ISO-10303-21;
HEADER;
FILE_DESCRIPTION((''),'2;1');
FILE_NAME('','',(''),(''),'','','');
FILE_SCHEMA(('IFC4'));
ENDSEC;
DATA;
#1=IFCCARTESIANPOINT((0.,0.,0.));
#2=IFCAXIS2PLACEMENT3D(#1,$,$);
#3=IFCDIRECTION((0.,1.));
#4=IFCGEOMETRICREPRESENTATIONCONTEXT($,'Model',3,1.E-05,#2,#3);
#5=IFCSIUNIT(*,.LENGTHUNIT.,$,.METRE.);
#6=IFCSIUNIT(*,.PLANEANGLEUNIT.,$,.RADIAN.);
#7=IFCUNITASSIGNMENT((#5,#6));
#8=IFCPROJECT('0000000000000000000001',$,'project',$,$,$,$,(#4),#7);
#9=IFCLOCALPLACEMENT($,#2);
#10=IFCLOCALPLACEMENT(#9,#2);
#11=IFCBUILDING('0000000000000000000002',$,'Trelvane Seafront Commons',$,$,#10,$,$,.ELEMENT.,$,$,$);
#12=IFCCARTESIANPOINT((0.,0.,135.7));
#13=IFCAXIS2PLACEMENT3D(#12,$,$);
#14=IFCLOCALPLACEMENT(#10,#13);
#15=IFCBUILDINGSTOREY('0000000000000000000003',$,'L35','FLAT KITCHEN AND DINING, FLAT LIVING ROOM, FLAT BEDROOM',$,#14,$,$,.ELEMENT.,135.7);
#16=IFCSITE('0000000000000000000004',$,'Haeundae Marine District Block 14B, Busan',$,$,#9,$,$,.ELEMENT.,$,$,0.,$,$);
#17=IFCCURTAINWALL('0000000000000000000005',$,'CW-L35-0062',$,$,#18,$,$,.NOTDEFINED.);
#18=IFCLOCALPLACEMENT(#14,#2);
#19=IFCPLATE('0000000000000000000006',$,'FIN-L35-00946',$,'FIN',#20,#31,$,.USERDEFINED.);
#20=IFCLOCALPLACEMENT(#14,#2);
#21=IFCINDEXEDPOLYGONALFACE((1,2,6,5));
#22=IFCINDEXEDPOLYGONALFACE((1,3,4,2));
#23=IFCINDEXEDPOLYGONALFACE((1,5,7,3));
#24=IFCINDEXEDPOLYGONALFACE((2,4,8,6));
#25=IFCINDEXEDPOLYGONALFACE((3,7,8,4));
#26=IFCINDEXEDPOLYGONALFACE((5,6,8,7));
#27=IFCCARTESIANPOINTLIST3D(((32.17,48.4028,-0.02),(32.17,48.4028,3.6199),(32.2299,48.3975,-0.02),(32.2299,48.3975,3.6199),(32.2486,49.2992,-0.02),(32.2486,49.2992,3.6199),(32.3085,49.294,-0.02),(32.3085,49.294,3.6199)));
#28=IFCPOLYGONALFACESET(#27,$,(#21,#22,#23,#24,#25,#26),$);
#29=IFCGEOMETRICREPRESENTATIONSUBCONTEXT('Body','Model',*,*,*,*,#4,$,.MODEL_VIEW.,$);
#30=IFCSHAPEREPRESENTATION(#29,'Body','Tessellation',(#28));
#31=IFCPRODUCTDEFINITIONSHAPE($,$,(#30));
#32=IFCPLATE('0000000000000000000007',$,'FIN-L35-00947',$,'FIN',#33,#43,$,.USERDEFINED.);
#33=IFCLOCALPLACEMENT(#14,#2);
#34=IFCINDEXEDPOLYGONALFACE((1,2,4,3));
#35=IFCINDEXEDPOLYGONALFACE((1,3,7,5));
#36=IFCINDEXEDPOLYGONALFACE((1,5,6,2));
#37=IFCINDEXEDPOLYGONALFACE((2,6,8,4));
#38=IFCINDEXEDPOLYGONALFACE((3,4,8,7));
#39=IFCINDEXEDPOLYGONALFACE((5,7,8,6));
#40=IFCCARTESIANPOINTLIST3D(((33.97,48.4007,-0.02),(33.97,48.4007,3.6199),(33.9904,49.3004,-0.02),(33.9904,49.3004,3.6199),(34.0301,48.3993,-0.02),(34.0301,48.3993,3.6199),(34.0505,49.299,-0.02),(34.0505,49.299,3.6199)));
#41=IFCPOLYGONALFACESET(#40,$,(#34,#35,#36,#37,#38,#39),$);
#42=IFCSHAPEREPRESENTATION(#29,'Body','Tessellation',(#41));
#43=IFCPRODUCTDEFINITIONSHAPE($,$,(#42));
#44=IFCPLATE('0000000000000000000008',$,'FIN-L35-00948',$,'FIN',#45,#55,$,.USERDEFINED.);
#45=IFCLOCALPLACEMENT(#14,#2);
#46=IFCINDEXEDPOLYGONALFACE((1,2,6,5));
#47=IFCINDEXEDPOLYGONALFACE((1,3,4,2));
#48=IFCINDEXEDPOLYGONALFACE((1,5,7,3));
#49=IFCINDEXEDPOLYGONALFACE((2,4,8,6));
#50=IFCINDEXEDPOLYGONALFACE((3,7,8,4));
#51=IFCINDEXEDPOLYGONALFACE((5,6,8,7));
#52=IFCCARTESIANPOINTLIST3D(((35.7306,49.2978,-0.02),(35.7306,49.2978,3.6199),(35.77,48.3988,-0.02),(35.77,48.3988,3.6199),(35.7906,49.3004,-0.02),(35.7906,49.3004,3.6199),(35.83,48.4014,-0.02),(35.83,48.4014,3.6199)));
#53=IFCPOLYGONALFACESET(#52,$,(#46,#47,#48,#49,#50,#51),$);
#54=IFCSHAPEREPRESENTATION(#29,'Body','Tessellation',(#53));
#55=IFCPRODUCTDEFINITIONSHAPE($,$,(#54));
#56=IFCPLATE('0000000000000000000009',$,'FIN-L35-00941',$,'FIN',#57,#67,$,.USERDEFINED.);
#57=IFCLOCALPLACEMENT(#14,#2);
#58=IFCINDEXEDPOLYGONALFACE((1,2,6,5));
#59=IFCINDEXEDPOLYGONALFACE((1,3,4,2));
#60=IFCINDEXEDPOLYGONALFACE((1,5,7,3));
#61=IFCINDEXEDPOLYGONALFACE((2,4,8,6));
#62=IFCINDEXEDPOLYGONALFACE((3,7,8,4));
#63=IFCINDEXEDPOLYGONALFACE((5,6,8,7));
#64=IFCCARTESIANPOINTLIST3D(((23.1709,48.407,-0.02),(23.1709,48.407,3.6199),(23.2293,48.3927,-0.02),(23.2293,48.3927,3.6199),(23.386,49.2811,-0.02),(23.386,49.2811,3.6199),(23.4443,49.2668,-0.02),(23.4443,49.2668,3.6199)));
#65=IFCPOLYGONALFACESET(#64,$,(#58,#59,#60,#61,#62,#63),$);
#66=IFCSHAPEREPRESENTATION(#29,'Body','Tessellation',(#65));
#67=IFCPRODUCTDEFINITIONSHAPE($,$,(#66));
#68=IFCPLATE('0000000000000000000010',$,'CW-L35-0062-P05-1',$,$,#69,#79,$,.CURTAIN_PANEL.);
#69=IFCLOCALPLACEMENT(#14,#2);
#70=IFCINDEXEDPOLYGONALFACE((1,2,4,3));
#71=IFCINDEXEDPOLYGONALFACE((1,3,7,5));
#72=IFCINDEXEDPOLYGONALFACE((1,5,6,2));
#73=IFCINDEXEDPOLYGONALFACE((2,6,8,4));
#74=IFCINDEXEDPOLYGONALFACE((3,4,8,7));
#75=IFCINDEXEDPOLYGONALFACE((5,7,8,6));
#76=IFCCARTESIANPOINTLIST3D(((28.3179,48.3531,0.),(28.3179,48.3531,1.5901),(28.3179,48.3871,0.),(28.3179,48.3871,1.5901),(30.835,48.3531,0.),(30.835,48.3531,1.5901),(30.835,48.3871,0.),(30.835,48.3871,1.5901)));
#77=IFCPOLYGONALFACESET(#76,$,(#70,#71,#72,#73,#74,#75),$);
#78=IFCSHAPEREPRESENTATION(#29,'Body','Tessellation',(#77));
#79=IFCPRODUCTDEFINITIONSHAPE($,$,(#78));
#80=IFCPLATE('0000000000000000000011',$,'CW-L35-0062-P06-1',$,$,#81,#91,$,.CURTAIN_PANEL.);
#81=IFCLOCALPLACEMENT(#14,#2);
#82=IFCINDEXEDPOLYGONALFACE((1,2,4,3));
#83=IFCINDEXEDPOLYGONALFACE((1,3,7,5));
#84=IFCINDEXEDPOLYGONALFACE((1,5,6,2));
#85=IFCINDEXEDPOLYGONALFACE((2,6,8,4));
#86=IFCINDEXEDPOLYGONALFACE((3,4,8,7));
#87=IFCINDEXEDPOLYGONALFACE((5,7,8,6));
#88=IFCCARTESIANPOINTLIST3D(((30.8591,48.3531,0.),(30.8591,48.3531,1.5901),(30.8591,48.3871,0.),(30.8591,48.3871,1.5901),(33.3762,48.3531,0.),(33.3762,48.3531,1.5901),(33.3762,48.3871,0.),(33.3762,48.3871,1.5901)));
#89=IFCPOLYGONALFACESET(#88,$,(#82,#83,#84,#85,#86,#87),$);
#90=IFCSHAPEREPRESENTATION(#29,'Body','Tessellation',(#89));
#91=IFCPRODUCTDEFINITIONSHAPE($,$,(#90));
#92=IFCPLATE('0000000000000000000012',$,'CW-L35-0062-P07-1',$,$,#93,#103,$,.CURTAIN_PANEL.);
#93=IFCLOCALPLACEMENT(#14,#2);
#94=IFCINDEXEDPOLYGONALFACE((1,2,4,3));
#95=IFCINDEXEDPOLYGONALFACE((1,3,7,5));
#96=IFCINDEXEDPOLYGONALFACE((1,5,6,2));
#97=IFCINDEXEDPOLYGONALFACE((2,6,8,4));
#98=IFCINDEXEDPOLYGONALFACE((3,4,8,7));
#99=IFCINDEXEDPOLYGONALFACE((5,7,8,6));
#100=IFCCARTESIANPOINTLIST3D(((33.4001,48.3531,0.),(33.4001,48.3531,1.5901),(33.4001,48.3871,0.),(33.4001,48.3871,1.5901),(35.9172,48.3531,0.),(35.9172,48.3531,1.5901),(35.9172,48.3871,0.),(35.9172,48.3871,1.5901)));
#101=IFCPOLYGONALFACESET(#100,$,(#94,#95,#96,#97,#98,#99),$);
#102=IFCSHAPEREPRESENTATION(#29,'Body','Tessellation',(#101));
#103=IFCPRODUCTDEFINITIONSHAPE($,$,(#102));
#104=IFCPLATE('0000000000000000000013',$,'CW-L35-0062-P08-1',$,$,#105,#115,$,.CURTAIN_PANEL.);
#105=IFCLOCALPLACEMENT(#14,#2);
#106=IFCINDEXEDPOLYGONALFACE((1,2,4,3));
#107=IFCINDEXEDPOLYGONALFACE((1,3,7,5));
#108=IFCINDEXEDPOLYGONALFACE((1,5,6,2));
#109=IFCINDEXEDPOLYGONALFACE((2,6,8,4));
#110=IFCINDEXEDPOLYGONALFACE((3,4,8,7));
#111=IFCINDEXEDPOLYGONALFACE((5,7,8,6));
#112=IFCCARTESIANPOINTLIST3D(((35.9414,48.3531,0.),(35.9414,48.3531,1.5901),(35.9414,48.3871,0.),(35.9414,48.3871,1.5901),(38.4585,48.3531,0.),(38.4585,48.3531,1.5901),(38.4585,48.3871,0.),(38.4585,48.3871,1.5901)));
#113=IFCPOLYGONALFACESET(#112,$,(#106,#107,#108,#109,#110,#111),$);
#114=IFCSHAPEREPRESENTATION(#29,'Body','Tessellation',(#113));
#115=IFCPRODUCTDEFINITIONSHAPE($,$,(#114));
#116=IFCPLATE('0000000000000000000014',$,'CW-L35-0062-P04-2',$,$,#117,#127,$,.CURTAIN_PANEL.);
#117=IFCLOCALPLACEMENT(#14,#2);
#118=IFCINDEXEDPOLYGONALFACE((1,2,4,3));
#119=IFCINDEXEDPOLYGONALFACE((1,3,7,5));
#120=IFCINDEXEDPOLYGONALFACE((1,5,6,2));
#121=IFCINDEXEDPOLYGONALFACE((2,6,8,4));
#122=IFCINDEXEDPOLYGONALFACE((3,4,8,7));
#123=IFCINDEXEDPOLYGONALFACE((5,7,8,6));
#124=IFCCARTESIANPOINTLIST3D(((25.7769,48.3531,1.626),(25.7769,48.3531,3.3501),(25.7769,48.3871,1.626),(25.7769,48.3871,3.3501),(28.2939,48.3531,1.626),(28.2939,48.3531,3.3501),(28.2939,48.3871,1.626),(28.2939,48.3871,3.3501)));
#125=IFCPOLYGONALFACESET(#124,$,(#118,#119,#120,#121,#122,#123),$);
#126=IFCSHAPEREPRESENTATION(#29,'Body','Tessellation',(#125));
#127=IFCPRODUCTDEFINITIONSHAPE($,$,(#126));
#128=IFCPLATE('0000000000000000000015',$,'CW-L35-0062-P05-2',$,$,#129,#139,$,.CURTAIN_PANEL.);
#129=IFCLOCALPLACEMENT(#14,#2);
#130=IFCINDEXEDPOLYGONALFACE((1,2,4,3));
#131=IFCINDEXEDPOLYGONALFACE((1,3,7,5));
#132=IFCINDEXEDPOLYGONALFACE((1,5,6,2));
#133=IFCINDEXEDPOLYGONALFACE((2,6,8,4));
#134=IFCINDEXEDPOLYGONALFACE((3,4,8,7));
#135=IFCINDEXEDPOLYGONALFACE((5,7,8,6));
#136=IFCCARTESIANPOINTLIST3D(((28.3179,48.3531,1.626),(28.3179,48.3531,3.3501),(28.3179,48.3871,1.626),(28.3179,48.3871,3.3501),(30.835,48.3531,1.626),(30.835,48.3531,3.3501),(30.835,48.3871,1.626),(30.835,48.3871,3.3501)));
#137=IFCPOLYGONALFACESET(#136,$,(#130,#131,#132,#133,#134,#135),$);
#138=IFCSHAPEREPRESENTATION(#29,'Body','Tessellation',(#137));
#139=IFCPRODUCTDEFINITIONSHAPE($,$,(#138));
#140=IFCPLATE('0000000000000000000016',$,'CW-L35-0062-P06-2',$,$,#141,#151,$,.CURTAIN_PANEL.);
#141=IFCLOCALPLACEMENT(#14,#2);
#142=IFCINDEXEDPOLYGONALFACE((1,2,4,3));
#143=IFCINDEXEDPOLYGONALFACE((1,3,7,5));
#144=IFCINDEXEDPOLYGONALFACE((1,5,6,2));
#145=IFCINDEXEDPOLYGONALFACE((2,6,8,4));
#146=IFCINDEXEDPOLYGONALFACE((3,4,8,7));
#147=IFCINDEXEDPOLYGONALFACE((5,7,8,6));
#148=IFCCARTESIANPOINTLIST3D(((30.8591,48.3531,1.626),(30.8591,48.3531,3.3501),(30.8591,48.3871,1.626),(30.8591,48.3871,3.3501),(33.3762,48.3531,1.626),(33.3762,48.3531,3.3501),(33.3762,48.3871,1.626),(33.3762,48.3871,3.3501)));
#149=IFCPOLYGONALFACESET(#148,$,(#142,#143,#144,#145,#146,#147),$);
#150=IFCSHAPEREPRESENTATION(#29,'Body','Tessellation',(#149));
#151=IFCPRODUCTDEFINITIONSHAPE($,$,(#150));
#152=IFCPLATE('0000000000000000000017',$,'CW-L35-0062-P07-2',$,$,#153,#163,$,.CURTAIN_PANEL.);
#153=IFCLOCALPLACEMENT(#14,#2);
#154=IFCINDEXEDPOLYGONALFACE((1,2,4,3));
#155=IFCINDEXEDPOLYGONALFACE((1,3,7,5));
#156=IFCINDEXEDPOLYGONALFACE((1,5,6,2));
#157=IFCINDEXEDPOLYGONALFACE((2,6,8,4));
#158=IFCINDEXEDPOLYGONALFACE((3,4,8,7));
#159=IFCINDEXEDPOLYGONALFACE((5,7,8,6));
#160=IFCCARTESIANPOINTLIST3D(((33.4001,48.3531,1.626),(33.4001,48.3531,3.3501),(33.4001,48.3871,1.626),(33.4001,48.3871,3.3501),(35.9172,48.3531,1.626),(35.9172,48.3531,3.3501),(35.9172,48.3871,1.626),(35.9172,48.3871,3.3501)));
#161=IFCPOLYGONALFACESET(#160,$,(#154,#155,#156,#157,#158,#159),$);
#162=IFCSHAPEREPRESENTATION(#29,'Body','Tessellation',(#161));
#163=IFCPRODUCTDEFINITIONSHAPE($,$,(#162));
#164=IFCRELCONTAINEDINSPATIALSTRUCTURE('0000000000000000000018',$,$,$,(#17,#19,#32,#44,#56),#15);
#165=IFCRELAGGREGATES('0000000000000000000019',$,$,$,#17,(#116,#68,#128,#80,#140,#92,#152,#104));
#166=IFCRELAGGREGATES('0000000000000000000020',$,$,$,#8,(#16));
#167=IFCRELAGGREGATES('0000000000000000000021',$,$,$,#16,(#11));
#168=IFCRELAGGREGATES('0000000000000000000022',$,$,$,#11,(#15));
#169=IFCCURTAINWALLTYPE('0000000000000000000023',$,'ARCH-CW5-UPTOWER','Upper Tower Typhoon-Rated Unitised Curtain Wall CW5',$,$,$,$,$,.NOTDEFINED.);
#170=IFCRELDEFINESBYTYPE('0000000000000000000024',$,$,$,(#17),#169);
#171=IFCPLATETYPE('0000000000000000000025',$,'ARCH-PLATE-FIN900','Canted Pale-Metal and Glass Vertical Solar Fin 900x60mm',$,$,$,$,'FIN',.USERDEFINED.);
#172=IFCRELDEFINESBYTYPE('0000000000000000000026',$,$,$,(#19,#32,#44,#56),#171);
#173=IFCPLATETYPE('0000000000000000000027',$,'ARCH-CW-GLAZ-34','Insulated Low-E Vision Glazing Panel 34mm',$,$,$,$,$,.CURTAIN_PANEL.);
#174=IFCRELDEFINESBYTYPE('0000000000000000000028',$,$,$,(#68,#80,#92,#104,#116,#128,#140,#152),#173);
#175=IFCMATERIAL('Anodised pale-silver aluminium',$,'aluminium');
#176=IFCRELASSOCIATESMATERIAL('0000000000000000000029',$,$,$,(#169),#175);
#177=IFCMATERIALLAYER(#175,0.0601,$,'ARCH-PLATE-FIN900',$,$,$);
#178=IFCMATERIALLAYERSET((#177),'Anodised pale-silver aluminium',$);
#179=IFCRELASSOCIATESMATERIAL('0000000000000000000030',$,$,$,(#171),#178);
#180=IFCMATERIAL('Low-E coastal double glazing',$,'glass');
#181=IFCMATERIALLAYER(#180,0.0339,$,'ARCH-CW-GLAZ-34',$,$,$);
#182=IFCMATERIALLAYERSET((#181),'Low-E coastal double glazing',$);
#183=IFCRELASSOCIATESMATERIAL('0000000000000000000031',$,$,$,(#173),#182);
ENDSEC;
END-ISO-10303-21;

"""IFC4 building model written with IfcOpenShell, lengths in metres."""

from ifc_helpers import new_model, si_unit, direction, frame, origin, origin_2d, place, context, subcontext, project, spatial, rectangle, extrude, source, transform, mapped, material, layer, layer_set, type_object, element, aggregate, save


model = new_model("IFC4")

# Units and contexts
model_context = context("Model", 3, precision=1e-05, world=origin(), true_north=direction((0.0, 1.0)))
body_context = subcontext(model_context, "Body", "Model", "MODEL_VIEW")
ifc_project = project(units=[si_unit("LENGTHUNIT", "METRE"), si_unit("PLANEANGLEUNIT", "RADIAN")], contexts=[model_context])

# Site, building, storey
site_placement = place(None, origin())
site = spatial("IfcSite", under=ifc_project, at=site_placement, Name="Haeundae Marine District Block 14B, Busan", CompositionType="ELEMENT", RefElevation=0.0)
building_placement = place(site_placement, origin())
building = spatial("IfcBuilding", under=site, at=building_placement, Name="Trelvane Seafront Commons", CompositionType="ELEMENT")
storey_placement = place(building_placement, frame((0.0, 0.0, 135.7)))
storey = spatial("IfcBuildingStorey", under=building, at=storey_placement, Name="L35", Description="FLAT KITCHEN AND DINING, FLAT LIVING ROOM, FLAT BEDROOM", CompositionType="ELEMENT", Elevation=135.7)

# Curtain wall
ifc_material_1 = material(Name="Anodised pale-silver aluminium", Category="aluminium")
curtain_wall_type = type_object("IfcCurtainWallType", Name="ARCH-CW5-UPTOWER", Description="Upper Tower Typhoon-Rated Unitised Curtain Wall CW5", PredefinedType="NOTDEFINED", material=ifc_material_1)
curtain_wall_placement = place(storey_placement, origin())
curtain_wall = element("IfcCurtainWall", 1, at=curtain_wall_placement, inside=storey, type_object=curtain_wall_type, Name="CW-L35-0062", PredefinedType="NOTDEFINED")

# Plates
ifc_layer_1 = layer(ifc_material_1, 0.0601, Name="ARCH-PLATE-FIN900")
ifc_layer_set_1 = layer_set([ifc_layer_1], Name="Anodised pale-silver aluminium")
plate_type_1 = type_object("IfcPlateType", Name="ARCH-PLATE-FIN900", Description="Canted Pale-Metal and Glass Vertical Solar Fin 900x60mm", ElementType="FIN", PredefinedType="USERDEFINED", material=ifc_layer_set_1)
shared_shape_1 = source(origin(), body_context, "Body", "SweptSolid", [
    extrude(rectangle(XDim=0.8999, YDim=0.0601, at=origin_2d()), origin(), (0.0, 0.0, 1.0), 3.6399),
])
for number, where, z_axis, x_axis, name in (
    (2, (32.2393, 48.8484, -0.02), (0.0, 0.0, 1.0), (0.08733, 0.996179, 0.0), "FIN-L35-00946"),
    (3, (34.0103, 48.8499, -0.02), (0.0, 0.0, 1.0), (0.022666, 0.999743, 0.0), "FIN-L35-00947"),
    (4, (35.7803, 48.8496, -0.02), (0.0, 0.0, 1.0), (-0.04378, 0.999041, 0.0), "FIN-L35-00948"),
):
    element("IfcPlate", number, at=place(storey_placement, frame(where, z_axis=z_axis, x_axis=x_axis)), inside=storey, type_object=plate_type_1, Name=name, ObjectType="FIN", PredefinedType="USERDEFINED", context=body_context, shape_type="MappedRepresentation", body=[
        mapped(shared_shape_1, transform((0.0, 0.0, 0.0), x_axis=(1.0, 0.0, 0.0), y_axis=(0.0, 1.0, 0.0), z_axis=(0.0, 0.0, 1.0), scale=1.0)),
    ])
shared_shape_2 = source(origin(), body_context, "Body", "SweptSolid", [
    extrude(rectangle(XDim=0.9001, YDim=0.0601, at=origin_2d()), origin(), (0.0, 0.0, 1.0), 3.6399),
])
plate_1_placement = place(storey_placement, frame((23.3076, 48.8369, -0.02), z_axis=(0.0, 0.0, 1.0), x_axis=(0.238874, 0.971051, 0.0)))
element("IfcPlate", 5, at=plate_1_placement, inside=storey, type_object=plate_type_1, Name="FIN-L35-00941", ObjectType="FIN", PredefinedType="USERDEFINED", context=body_context, shape_type="MappedRepresentation", body=[
    mapped(shared_shape_2, transform((0.0, 0.0, 0.0), x_axis=(1.0, 0.0, 0.0), y_axis=(0.0, 1.0, 0.0), z_axis=(0.0, 0.0, 1.0), scale=1.0)),
])

# Plates
ifc_material_2 = material(Name="Low-E coastal double glazing", Category="glass")
ifc_layer_2 = layer(ifc_material_2, 0.0339, Name="ARCH-CW-GLAZ-34")
ifc_layer_set_2 = layer_set([ifc_layer_2], Name="Low-E coastal double glazing")
plate_type_2 = type_object("IfcPlateType", Name="ARCH-CW-GLAZ-34", Description="Insulated Low-E Vision Glazing Panel 34mm", PredefinedType="CURTAIN_PANEL", material=ifc_layer_set_2)
shared_shape_3 = source(origin(), body_context, "Body", "SweptSolid", [
    extrude(rectangle(XDim=2.5171, YDim=0.0339, at=origin_2d()), origin(), (0.0, 0.0, 1.0), 1.5901),
])
plate_2_placement = place(storey_placement, frame((29.5764, 48.3701, 0.0), z_axis=(0.0, 0.0, 1.0), x_axis=(1.0, 0.0, 0.0)))
plate_2 = element("IfcPlate", 6, at=plate_2_placement, type_object=plate_type_2, Name="CW-L35-0062-P05-1", PredefinedType="CURTAIN_PANEL", context=body_context, shape_type="MappedRepresentation", body=[
    mapped(shared_shape_3, transform((0.0, 0.0, 0.0), x_axis=(1.0, 0.0, 0.0), y_axis=(0.0, 1.0, 0.0), z_axis=(0.0, 0.0, 1.0), scale=1.0)),
])
plate_3_placement = place(storey_placement, frame((32.1177, 48.3701, 0.0), z_axis=(0.0, 0.0, 1.0), x_axis=(1.0, 0.0, 0.0)))
plate_3 = element("IfcPlate", 7, at=plate_3_placement, type_object=plate_type_2, Name="CW-L35-0062-P06-1", PredefinedType="CURTAIN_PANEL", context=body_context, shape_type="MappedRepresentation", body=[
    mapped(shared_shape_3, transform((0.0, 0.0, 0.0), x_axis=(1.0, 0.0, 0.0), y_axis=(0.0, 1.0, 0.0), z_axis=(0.0, 0.0, 1.0), scale=1.0)),
])
plate_4_placement = place(storey_placement, frame((34.6587, 48.3701, 0.0), z_axis=(0.0, 0.0, 1.0), x_axis=(1.0, 0.0, 0.0)))
plate_4 = element("IfcPlate", 8, at=plate_4_placement, type_object=plate_type_2, Name="CW-L35-0062-P07-1", PredefinedType="CURTAIN_PANEL", context=body_context, shape_type="MappedRepresentation", body=[
    mapped(shared_shape_3, transform((0.0, 0.0, 0.0), x_axis=(1.0, 0.0, 0.0), y_axis=(0.0, 1.0, 0.0), z_axis=(0.0, 0.0, 1.0), scale=1.0)),
])
plate_5_placement = place(storey_placement, frame((37.2, 48.3701, 0.0), z_axis=(0.0, 0.0, 1.0), x_axis=(1.0, 0.0, 0.0)))
plate_5 = element("IfcPlate", 9, at=plate_5_placement, type_object=plate_type_2, Name="CW-L35-0062-P08-1", PredefinedType="CURTAIN_PANEL", context=body_context, shape_type="MappedRepresentation", body=[
    mapped(shared_shape_3, transform((0.0, 0.0, 0.0), x_axis=(1.0, 0.0, 0.0), y_axis=(0.0, 1.0, 0.0), z_axis=(0.0, 0.0, 1.0), scale=1.0)),
])
shared_shape_4 = source(origin(), body_context, "Body", "SweptSolid", [
    extrude(rectangle(XDim=2.5171, YDim=0.0339, at=origin_2d()), origin(), (0.0, 0.0, 1.0), 1.7241),
])
plate_6_placement = place(storey_placement, frame((27.0354, 48.3701, 1.626), z_axis=(0.0, 0.0, 1.0), x_axis=(1.0, 0.0, 0.0)))
plate_6 = element("IfcPlate", 10, at=plate_6_placement, type_object=plate_type_2, Name="CW-L35-0062-P04-2", PredefinedType="CURTAIN_PANEL", context=body_context, shape_type="MappedRepresentation", body=[
    mapped(shared_shape_4, transform((0.0, 0.0, 0.0), x_axis=(1.0, 0.0, 0.0), y_axis=(0.0, 1.0, 0.0), z_axis=(0.0, 0.0, 1.0), scale=1.0)),
])
plate_7_placement = place(storey_placement, frame((29.5764, 48.3701, 1.626), z_axis=(0.0, 0.0, 1.0), x_axis=(1.0, 0.0, 0.0)))
plate_7 = element("IfcPlate", 11, at=plate_7_placement, type_object=plate_type_2, Name="CW-L35-0062-P05-2", PredefinedType="CURTAIN_PANEL", context=body_context, shape_type="MappedRepresentation", body=[
    mapped(shared_shape_4, transform((0.0, 0.0, 0.0), x_axis=(1.0, 0.0, 0.0), y_axis=(0.0, 1.0, 0.0), z_axis=(0.0, 0.0, 1.0), scale=1.0)),
])
plate_8_placement = place(storey_placement, frame((32.1177, 48.3701, 1.626), z_axis=(0.0, 0.0, 1.0), x_axis=(1.0, 0.0, 0.0)))
plate_8 = element("IfcPlate", 12, at=plate_8_placement, type_object=plate_type_2, Name="CW-L35-0062-P06-2", PredefinedType="CURTAIN_PANEL", context=body_context, shape_type="MappedRepresentation", body=[
    mapped(shared_shape_4, transform((0.0, 0.0, 0.0), x_axis=(1.0, 0.0, 0.0), y_axis=(0.0, 1.0, 0.0), z_axis=(0.0, 0.0, 1.0), scale=1.0)),
])
plate_9_placement = place(storey_placement, frame((34.6587, 48.3701, 1.626), z_axis=(0.0, 0.0, 1.0), x_axis=(1.0, 0.0, 0.0)))
plate_9 = element("IfcPlate", 13, at=plate_9_placement, type_object=plate_type_2, Name="CW-L35-0062-P07-2", PredefinedType="CURTAIN_PANEL", context=body_context, shape_type="MappedRepresentation", body=[
    mapped(shared_shape_4, transform((0.0, 0.0, 0.0), x_axis=(1.0, 0.0, 0.0), y_axis=(0.0, 1.0, 0.0), z_axis=(0.0, 0.0, 1.0), scale=1.0)),
])
aggregate(curtain_wall, [plate_6, plate_2, plate_7, plate_3, plate_8, plate_4, plate_9, plate_5])

save(model, "model.ifc")
